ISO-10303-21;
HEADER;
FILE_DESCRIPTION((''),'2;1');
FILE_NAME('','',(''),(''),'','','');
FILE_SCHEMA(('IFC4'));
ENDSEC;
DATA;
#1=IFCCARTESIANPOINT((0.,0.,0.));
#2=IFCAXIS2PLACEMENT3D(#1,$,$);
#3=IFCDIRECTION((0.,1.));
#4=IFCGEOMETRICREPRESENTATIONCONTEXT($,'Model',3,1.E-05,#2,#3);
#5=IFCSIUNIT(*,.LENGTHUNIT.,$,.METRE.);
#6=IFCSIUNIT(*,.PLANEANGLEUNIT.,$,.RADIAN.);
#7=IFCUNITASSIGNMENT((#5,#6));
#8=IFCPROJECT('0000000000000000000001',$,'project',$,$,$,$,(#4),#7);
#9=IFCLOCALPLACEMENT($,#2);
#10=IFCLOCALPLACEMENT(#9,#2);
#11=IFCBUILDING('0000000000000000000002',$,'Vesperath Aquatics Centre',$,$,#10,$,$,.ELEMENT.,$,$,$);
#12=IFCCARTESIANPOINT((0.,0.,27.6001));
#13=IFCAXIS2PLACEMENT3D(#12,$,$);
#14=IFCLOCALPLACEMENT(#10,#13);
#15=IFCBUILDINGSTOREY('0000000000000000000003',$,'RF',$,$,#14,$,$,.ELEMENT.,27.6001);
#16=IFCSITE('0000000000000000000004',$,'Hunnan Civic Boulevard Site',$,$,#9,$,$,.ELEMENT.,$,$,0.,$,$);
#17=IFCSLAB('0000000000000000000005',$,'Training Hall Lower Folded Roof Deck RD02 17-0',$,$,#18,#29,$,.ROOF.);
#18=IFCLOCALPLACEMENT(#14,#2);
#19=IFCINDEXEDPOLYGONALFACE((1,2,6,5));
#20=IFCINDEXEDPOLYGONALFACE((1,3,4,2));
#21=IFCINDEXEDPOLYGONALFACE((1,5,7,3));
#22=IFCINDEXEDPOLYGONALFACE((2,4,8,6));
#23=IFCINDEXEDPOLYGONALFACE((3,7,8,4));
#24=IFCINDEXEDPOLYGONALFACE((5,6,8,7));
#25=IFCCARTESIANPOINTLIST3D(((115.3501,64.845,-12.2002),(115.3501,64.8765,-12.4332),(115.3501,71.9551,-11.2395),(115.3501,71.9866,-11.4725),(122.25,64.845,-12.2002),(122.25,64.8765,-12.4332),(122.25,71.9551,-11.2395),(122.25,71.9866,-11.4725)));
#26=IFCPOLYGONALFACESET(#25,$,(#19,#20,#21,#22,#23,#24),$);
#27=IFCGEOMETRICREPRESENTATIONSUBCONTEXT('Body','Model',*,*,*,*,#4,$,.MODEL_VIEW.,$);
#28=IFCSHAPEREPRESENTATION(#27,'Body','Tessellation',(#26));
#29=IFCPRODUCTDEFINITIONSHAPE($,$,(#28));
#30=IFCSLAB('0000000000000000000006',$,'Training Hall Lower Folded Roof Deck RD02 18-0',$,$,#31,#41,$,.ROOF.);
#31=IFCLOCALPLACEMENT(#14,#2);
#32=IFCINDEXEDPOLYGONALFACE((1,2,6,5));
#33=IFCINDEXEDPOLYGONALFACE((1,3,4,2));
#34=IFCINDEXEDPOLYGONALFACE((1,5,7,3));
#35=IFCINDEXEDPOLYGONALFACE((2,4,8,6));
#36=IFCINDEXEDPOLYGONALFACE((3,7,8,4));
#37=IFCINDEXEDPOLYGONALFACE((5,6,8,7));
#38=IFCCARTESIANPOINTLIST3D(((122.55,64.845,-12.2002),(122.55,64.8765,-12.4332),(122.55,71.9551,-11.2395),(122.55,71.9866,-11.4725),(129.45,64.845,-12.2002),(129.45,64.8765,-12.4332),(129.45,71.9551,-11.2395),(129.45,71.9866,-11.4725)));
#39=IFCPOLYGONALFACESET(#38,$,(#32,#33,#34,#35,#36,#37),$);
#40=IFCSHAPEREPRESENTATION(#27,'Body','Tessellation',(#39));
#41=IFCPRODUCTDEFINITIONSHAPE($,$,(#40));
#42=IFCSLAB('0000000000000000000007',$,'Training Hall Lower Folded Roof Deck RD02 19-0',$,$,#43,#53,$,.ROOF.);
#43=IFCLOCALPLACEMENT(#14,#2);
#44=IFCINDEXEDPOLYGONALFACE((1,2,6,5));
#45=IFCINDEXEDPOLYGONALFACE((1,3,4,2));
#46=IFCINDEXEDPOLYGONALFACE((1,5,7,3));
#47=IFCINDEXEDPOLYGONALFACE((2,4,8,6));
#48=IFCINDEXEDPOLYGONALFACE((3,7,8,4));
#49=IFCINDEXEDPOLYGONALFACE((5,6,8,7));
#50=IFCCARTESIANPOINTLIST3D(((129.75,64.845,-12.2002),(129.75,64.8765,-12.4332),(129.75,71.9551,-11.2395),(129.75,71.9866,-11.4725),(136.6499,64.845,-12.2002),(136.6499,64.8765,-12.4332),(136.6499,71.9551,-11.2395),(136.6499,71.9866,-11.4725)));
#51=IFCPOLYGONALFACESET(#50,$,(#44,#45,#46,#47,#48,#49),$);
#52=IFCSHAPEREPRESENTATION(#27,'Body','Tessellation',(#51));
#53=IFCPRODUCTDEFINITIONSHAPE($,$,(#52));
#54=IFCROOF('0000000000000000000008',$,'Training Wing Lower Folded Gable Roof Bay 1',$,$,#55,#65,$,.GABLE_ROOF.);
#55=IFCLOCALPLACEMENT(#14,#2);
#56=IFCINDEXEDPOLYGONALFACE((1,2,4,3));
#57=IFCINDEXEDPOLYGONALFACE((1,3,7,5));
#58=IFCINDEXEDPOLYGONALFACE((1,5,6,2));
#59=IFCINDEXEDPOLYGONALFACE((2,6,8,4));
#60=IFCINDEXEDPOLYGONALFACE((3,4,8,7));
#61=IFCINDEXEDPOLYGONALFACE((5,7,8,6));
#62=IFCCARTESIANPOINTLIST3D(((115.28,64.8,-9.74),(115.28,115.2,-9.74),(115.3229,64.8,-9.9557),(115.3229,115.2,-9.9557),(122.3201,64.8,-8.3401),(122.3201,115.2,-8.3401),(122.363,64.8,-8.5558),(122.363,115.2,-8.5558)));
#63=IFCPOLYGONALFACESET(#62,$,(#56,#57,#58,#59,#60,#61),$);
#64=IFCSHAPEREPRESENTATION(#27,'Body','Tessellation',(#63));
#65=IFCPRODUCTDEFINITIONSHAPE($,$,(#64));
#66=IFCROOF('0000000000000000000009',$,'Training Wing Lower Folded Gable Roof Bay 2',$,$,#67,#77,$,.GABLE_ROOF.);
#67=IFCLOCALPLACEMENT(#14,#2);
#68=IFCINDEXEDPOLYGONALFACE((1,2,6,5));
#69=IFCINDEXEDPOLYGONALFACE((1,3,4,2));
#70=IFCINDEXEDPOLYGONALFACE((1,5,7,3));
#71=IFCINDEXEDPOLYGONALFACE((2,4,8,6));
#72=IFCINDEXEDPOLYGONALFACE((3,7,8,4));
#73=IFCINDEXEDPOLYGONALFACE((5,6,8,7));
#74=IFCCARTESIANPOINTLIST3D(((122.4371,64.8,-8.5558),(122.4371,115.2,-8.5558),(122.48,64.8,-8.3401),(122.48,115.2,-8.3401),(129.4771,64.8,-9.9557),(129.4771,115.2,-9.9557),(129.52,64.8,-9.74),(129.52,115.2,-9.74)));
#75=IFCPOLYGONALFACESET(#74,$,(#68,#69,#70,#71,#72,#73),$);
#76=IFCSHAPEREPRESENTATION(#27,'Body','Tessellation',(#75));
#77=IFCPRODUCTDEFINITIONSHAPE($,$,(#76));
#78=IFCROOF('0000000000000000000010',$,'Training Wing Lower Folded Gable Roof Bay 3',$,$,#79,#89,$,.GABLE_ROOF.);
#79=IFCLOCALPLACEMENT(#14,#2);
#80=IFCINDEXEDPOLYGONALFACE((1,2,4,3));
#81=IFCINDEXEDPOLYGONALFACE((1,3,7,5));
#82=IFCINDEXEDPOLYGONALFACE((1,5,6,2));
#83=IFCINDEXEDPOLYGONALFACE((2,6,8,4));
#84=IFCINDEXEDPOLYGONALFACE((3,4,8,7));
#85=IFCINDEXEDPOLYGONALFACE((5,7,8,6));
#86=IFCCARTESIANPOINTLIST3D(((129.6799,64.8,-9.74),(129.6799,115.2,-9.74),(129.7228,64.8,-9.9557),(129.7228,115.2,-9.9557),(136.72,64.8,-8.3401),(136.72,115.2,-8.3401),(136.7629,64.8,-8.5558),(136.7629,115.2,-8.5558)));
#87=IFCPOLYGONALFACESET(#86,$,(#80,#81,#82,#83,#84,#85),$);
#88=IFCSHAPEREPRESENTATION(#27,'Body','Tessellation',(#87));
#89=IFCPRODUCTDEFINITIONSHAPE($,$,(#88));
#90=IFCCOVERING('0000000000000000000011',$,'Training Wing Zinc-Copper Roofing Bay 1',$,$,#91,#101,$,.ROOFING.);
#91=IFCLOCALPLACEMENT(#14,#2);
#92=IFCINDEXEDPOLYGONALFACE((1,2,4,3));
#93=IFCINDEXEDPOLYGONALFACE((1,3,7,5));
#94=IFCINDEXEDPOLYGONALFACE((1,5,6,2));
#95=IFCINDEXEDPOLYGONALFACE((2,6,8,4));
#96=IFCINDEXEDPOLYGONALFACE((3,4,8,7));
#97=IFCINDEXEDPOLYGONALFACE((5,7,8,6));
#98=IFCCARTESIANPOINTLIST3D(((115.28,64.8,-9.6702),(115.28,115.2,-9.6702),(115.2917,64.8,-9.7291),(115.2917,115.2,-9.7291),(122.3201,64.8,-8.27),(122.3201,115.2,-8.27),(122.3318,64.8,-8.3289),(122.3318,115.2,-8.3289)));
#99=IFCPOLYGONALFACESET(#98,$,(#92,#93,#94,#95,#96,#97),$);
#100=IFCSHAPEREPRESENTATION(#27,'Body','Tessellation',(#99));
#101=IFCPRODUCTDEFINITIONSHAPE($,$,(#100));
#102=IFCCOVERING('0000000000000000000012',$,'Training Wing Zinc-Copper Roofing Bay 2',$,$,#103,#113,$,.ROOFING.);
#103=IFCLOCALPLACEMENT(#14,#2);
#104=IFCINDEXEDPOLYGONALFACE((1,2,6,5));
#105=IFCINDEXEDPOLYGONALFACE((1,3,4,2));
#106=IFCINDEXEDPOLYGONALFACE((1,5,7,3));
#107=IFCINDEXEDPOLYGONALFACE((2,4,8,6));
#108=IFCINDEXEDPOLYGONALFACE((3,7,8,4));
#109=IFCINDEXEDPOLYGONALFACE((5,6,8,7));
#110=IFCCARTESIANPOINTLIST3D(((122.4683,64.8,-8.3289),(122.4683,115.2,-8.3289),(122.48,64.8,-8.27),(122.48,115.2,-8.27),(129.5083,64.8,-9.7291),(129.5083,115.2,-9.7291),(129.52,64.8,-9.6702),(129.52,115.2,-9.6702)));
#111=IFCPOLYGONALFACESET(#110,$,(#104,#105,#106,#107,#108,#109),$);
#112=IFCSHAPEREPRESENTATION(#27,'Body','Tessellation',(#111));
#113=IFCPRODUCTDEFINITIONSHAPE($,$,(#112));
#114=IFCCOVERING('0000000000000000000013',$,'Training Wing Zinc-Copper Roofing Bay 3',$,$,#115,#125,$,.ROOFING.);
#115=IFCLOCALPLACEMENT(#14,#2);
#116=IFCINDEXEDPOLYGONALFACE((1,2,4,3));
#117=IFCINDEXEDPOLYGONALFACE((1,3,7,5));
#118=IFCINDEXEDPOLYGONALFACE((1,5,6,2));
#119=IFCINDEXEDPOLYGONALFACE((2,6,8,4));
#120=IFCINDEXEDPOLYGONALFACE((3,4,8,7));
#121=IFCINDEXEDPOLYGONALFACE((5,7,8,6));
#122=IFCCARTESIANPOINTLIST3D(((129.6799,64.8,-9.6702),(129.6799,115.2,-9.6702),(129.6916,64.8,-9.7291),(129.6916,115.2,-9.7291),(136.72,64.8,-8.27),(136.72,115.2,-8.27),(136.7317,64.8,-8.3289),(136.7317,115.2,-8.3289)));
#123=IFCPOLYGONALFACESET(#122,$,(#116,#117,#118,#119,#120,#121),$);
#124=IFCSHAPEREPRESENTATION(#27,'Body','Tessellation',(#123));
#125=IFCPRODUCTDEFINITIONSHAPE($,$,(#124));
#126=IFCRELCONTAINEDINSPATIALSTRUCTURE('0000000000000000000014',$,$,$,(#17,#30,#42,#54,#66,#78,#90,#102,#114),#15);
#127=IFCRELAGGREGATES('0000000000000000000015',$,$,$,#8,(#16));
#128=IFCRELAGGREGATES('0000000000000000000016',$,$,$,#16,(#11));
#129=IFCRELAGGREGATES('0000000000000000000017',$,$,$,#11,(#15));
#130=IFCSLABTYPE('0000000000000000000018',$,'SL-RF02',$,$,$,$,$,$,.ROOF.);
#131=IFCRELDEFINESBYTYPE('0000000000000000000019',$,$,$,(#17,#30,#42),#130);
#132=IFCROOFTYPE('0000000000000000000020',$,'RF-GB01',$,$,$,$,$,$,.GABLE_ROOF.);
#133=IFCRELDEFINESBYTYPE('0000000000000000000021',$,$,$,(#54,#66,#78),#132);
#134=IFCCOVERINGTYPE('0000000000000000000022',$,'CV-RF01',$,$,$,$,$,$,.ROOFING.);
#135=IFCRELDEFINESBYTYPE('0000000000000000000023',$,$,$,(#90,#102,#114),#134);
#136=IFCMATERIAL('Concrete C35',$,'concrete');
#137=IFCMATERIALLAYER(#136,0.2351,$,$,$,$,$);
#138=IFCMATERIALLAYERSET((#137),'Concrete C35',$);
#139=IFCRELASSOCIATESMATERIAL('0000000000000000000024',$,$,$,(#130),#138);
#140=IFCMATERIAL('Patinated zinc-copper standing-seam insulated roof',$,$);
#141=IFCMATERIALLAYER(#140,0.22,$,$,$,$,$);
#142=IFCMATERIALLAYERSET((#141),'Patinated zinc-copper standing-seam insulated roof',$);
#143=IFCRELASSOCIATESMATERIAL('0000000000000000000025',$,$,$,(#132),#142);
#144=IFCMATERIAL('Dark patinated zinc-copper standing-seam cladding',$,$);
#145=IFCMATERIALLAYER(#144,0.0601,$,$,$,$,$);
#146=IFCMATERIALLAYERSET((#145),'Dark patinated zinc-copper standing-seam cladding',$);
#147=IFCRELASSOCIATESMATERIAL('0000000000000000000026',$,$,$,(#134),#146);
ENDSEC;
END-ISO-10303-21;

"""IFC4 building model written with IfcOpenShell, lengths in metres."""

from ifc_helpers import new_model, si_unit, direction, frame, origin, place, context, subcontext, project, spatial, polyline, outline, extrude, material, layer, layer_set, type_object, element, save


model = new_model("IFC4")

# Units and contexts
model_context = context("Model", 3, precision=1e-05, world=origin(), true_north=direction((0.0, 1.0)))
body_context = subcontext(model_context, "Body", "Model", "MODEL_VIEW")
ifc_project = project(units=[si_unit("LENGTHUNIT", "METRE"), si_unit("PLANEANGLEUNIT", "RADIAN")], contexts=[model_context])

# Site, building, storey
site_placement = place(None, origin())
site = spatial("IfcSite", under=ifc_project, at=site_placement, Name="Hunnan Civic Boulevard Site", CompositionType="ELEMENT", RefElevation=0.0)
building_placement = place(site_placement, origin())
building = spatial("IfcBuilding", under=site, at=building_placement, Name="Vesperath Aquatics Centre", CompositionType="ELEMENT")
storey_placement = place(building_placement, frame((0.0, 0.0, 27.6001)))
storey = spatial("IfcBuildingStorey", under=building, at=storey_placement, Name="RF", CompositionType="ELEMENT", Elevation=27.6001)

# Slabs
ifc_material_1 = material(Name="Concrete C35", Category="concrete")
ifc_layer_1 = layer(ifc_material_1, 0.2351)
ifc_layer_set_1 = layer_set([ifc_layer_1], Name="Concrete C35")
slab_type = type_object("IfcSlabType", Name="SL-RF02", PredefinedType="ROOF", material=ifc_layer_set_1)
for number, where, z_axis, x_axis, name in (
    (1, (115.3501, 64.845, -12.2002), (0.0, -0.1339, 0.990995), (1.0, 0.0, 0.0), "Training Hall Lower Folded Roof Deck RD02 17-0"),
    (2, (122.55, 64.845, -12.2002), (0.0, -0.1339, 0.990995), (1.0, 0.0, 0.0), "Training Hall Lower Folded Roof Deck RD02 18-0"),
    (3, (129.75, 64.845, -12.2002), (0.0, -0.1339, 0.990995), (1.0, 0.0, 0.0), "Training Hall Lower Folded Roof Deck RD02 19-0"),
):
    element("IfcSlab", number, at=place(storey_placement, frame(where, z_axis=z_axis, x_axis=x_axis)), inside=storey, type_object=slab_type, Name=name, PredefinedType="ROOF", context=body_context, shape_type="SweptSolid", body=[
        extrude(outline(polyline([(0.0, 0.0), (6.8999, 0.0), (6.8999, 7.1747), (0.0, 7.1747), (0.0, 0.0)])), origin(), (0.0, 0.0, -1.0), 0.2351),
    ])

# Roofs
ifc_material_2 = material(Name="Patinated zinc-copper standing-seam insulated roof")
ifc_layer_2 = layer(ifc_material_2, 0.22)
ifc_layer_set_2 = layer_set([ifc_layer_2], Name="Patinated zinc-copper standing-seam insulated roof")
roof_type = type_object("IfcRoofType", Name="RF-GB01", PredefinedType="GABLE_ROOF", material=ifc_layer_set_2)
for number, where, z_axis, x_axis, name in (
    (4, (115.28, 64.8, -9.74), (-0.19503, 0.0, 0.980797), (0.980797, 0.0, 0.19503), "Training Wing Lower Folded Gable Roof Bay 1"),
    (5, (122.48, 64.8, -8.3401), (0.19503, 0.0, 0.980797), (0.980797, 0.0, -0.19503), "Training Wing Lower Folded Gable Roof Bay 2"),
    (6, (129.6799, 64.8, -9.74), (-0.19503, 0.0, 0.980797), (0.980797, 0.0, 0.19503), "Training Wing Lower Folded Gable Roof Bay 3"),
):
    element("IfcRoof", number, at=place(storey_placement, frame(where, z_axis=z_axis, x_axis=x_axis)), inside=storey, type_object=roof_type, Name=name, PredefinedType="GABLE_ROOF", context=body_context, shape_type="SweptSolid", body=[
        extrude(outline(polyline([(0.0, 0.0), (7.1779, 0.0), (7.1779, 50.3999), (0.0, 50.3999), (0.0, 0.0)])), origin(), (0.0, 0.0, -1.0), 0.22),
    ])

# Coverings
ifc_material_3 = material(Name="Dark patinated zinc-copper standing-seam cladding")
ifc_layer_3 = layer(ifc_material_3, 0.0601)
ifc_layer_set_3 = layer_set([ifc_layer_3], Name="Dark patinated zinc-copper standing-seam cladding")
covering_type = type_object("IfcCoveringType", Name="CV-RF01", PredefinedType="ROOFING", material=ifc_layer_set_3)
for number, where, z_axis, x_axis, name in (
    (7, (115.28, 64.8, -9.6702), (-0.195063, 0.0, 0.980791), (0.980791, 0.0, 0.195063), "Training Wing Zinc-Copper Roofing Bay 1"),
    (8, (122.48, 64.8, -8.27), (0.195063, 0.0, 0.980791), (0.980791, 0.0, -0.195063), "Training Wing Zinc-Copper Roofing Bay 2"),
    (9, (129.6799, 64.8, -9.6702), (-0.195063, 0.0, 0.980791), (0.980791, 0.0, 0.195063), "Training Wing Zinc-Copper Roofing Bay 3"),
):
    element("IfcCovering", number, at=place(storey_placement, frame(where, z_axis=z_axis, x_axis=x_axis)), inside=storey, type_object=covering_type, Name=name, PredefinedType="ROOFING", context=body_context, shape_type="SweptSolid", body=[
        extrude(outline(polyline([(0.0, 0.0), (7.1779, 0.0), (7.1779, 50.3999), (0.0, 50.3999), (0.0, 0.0)])), origin(), (0.0, 0.0, -1.0), 0.0601),
    ])

save(model, "model.ifc")
